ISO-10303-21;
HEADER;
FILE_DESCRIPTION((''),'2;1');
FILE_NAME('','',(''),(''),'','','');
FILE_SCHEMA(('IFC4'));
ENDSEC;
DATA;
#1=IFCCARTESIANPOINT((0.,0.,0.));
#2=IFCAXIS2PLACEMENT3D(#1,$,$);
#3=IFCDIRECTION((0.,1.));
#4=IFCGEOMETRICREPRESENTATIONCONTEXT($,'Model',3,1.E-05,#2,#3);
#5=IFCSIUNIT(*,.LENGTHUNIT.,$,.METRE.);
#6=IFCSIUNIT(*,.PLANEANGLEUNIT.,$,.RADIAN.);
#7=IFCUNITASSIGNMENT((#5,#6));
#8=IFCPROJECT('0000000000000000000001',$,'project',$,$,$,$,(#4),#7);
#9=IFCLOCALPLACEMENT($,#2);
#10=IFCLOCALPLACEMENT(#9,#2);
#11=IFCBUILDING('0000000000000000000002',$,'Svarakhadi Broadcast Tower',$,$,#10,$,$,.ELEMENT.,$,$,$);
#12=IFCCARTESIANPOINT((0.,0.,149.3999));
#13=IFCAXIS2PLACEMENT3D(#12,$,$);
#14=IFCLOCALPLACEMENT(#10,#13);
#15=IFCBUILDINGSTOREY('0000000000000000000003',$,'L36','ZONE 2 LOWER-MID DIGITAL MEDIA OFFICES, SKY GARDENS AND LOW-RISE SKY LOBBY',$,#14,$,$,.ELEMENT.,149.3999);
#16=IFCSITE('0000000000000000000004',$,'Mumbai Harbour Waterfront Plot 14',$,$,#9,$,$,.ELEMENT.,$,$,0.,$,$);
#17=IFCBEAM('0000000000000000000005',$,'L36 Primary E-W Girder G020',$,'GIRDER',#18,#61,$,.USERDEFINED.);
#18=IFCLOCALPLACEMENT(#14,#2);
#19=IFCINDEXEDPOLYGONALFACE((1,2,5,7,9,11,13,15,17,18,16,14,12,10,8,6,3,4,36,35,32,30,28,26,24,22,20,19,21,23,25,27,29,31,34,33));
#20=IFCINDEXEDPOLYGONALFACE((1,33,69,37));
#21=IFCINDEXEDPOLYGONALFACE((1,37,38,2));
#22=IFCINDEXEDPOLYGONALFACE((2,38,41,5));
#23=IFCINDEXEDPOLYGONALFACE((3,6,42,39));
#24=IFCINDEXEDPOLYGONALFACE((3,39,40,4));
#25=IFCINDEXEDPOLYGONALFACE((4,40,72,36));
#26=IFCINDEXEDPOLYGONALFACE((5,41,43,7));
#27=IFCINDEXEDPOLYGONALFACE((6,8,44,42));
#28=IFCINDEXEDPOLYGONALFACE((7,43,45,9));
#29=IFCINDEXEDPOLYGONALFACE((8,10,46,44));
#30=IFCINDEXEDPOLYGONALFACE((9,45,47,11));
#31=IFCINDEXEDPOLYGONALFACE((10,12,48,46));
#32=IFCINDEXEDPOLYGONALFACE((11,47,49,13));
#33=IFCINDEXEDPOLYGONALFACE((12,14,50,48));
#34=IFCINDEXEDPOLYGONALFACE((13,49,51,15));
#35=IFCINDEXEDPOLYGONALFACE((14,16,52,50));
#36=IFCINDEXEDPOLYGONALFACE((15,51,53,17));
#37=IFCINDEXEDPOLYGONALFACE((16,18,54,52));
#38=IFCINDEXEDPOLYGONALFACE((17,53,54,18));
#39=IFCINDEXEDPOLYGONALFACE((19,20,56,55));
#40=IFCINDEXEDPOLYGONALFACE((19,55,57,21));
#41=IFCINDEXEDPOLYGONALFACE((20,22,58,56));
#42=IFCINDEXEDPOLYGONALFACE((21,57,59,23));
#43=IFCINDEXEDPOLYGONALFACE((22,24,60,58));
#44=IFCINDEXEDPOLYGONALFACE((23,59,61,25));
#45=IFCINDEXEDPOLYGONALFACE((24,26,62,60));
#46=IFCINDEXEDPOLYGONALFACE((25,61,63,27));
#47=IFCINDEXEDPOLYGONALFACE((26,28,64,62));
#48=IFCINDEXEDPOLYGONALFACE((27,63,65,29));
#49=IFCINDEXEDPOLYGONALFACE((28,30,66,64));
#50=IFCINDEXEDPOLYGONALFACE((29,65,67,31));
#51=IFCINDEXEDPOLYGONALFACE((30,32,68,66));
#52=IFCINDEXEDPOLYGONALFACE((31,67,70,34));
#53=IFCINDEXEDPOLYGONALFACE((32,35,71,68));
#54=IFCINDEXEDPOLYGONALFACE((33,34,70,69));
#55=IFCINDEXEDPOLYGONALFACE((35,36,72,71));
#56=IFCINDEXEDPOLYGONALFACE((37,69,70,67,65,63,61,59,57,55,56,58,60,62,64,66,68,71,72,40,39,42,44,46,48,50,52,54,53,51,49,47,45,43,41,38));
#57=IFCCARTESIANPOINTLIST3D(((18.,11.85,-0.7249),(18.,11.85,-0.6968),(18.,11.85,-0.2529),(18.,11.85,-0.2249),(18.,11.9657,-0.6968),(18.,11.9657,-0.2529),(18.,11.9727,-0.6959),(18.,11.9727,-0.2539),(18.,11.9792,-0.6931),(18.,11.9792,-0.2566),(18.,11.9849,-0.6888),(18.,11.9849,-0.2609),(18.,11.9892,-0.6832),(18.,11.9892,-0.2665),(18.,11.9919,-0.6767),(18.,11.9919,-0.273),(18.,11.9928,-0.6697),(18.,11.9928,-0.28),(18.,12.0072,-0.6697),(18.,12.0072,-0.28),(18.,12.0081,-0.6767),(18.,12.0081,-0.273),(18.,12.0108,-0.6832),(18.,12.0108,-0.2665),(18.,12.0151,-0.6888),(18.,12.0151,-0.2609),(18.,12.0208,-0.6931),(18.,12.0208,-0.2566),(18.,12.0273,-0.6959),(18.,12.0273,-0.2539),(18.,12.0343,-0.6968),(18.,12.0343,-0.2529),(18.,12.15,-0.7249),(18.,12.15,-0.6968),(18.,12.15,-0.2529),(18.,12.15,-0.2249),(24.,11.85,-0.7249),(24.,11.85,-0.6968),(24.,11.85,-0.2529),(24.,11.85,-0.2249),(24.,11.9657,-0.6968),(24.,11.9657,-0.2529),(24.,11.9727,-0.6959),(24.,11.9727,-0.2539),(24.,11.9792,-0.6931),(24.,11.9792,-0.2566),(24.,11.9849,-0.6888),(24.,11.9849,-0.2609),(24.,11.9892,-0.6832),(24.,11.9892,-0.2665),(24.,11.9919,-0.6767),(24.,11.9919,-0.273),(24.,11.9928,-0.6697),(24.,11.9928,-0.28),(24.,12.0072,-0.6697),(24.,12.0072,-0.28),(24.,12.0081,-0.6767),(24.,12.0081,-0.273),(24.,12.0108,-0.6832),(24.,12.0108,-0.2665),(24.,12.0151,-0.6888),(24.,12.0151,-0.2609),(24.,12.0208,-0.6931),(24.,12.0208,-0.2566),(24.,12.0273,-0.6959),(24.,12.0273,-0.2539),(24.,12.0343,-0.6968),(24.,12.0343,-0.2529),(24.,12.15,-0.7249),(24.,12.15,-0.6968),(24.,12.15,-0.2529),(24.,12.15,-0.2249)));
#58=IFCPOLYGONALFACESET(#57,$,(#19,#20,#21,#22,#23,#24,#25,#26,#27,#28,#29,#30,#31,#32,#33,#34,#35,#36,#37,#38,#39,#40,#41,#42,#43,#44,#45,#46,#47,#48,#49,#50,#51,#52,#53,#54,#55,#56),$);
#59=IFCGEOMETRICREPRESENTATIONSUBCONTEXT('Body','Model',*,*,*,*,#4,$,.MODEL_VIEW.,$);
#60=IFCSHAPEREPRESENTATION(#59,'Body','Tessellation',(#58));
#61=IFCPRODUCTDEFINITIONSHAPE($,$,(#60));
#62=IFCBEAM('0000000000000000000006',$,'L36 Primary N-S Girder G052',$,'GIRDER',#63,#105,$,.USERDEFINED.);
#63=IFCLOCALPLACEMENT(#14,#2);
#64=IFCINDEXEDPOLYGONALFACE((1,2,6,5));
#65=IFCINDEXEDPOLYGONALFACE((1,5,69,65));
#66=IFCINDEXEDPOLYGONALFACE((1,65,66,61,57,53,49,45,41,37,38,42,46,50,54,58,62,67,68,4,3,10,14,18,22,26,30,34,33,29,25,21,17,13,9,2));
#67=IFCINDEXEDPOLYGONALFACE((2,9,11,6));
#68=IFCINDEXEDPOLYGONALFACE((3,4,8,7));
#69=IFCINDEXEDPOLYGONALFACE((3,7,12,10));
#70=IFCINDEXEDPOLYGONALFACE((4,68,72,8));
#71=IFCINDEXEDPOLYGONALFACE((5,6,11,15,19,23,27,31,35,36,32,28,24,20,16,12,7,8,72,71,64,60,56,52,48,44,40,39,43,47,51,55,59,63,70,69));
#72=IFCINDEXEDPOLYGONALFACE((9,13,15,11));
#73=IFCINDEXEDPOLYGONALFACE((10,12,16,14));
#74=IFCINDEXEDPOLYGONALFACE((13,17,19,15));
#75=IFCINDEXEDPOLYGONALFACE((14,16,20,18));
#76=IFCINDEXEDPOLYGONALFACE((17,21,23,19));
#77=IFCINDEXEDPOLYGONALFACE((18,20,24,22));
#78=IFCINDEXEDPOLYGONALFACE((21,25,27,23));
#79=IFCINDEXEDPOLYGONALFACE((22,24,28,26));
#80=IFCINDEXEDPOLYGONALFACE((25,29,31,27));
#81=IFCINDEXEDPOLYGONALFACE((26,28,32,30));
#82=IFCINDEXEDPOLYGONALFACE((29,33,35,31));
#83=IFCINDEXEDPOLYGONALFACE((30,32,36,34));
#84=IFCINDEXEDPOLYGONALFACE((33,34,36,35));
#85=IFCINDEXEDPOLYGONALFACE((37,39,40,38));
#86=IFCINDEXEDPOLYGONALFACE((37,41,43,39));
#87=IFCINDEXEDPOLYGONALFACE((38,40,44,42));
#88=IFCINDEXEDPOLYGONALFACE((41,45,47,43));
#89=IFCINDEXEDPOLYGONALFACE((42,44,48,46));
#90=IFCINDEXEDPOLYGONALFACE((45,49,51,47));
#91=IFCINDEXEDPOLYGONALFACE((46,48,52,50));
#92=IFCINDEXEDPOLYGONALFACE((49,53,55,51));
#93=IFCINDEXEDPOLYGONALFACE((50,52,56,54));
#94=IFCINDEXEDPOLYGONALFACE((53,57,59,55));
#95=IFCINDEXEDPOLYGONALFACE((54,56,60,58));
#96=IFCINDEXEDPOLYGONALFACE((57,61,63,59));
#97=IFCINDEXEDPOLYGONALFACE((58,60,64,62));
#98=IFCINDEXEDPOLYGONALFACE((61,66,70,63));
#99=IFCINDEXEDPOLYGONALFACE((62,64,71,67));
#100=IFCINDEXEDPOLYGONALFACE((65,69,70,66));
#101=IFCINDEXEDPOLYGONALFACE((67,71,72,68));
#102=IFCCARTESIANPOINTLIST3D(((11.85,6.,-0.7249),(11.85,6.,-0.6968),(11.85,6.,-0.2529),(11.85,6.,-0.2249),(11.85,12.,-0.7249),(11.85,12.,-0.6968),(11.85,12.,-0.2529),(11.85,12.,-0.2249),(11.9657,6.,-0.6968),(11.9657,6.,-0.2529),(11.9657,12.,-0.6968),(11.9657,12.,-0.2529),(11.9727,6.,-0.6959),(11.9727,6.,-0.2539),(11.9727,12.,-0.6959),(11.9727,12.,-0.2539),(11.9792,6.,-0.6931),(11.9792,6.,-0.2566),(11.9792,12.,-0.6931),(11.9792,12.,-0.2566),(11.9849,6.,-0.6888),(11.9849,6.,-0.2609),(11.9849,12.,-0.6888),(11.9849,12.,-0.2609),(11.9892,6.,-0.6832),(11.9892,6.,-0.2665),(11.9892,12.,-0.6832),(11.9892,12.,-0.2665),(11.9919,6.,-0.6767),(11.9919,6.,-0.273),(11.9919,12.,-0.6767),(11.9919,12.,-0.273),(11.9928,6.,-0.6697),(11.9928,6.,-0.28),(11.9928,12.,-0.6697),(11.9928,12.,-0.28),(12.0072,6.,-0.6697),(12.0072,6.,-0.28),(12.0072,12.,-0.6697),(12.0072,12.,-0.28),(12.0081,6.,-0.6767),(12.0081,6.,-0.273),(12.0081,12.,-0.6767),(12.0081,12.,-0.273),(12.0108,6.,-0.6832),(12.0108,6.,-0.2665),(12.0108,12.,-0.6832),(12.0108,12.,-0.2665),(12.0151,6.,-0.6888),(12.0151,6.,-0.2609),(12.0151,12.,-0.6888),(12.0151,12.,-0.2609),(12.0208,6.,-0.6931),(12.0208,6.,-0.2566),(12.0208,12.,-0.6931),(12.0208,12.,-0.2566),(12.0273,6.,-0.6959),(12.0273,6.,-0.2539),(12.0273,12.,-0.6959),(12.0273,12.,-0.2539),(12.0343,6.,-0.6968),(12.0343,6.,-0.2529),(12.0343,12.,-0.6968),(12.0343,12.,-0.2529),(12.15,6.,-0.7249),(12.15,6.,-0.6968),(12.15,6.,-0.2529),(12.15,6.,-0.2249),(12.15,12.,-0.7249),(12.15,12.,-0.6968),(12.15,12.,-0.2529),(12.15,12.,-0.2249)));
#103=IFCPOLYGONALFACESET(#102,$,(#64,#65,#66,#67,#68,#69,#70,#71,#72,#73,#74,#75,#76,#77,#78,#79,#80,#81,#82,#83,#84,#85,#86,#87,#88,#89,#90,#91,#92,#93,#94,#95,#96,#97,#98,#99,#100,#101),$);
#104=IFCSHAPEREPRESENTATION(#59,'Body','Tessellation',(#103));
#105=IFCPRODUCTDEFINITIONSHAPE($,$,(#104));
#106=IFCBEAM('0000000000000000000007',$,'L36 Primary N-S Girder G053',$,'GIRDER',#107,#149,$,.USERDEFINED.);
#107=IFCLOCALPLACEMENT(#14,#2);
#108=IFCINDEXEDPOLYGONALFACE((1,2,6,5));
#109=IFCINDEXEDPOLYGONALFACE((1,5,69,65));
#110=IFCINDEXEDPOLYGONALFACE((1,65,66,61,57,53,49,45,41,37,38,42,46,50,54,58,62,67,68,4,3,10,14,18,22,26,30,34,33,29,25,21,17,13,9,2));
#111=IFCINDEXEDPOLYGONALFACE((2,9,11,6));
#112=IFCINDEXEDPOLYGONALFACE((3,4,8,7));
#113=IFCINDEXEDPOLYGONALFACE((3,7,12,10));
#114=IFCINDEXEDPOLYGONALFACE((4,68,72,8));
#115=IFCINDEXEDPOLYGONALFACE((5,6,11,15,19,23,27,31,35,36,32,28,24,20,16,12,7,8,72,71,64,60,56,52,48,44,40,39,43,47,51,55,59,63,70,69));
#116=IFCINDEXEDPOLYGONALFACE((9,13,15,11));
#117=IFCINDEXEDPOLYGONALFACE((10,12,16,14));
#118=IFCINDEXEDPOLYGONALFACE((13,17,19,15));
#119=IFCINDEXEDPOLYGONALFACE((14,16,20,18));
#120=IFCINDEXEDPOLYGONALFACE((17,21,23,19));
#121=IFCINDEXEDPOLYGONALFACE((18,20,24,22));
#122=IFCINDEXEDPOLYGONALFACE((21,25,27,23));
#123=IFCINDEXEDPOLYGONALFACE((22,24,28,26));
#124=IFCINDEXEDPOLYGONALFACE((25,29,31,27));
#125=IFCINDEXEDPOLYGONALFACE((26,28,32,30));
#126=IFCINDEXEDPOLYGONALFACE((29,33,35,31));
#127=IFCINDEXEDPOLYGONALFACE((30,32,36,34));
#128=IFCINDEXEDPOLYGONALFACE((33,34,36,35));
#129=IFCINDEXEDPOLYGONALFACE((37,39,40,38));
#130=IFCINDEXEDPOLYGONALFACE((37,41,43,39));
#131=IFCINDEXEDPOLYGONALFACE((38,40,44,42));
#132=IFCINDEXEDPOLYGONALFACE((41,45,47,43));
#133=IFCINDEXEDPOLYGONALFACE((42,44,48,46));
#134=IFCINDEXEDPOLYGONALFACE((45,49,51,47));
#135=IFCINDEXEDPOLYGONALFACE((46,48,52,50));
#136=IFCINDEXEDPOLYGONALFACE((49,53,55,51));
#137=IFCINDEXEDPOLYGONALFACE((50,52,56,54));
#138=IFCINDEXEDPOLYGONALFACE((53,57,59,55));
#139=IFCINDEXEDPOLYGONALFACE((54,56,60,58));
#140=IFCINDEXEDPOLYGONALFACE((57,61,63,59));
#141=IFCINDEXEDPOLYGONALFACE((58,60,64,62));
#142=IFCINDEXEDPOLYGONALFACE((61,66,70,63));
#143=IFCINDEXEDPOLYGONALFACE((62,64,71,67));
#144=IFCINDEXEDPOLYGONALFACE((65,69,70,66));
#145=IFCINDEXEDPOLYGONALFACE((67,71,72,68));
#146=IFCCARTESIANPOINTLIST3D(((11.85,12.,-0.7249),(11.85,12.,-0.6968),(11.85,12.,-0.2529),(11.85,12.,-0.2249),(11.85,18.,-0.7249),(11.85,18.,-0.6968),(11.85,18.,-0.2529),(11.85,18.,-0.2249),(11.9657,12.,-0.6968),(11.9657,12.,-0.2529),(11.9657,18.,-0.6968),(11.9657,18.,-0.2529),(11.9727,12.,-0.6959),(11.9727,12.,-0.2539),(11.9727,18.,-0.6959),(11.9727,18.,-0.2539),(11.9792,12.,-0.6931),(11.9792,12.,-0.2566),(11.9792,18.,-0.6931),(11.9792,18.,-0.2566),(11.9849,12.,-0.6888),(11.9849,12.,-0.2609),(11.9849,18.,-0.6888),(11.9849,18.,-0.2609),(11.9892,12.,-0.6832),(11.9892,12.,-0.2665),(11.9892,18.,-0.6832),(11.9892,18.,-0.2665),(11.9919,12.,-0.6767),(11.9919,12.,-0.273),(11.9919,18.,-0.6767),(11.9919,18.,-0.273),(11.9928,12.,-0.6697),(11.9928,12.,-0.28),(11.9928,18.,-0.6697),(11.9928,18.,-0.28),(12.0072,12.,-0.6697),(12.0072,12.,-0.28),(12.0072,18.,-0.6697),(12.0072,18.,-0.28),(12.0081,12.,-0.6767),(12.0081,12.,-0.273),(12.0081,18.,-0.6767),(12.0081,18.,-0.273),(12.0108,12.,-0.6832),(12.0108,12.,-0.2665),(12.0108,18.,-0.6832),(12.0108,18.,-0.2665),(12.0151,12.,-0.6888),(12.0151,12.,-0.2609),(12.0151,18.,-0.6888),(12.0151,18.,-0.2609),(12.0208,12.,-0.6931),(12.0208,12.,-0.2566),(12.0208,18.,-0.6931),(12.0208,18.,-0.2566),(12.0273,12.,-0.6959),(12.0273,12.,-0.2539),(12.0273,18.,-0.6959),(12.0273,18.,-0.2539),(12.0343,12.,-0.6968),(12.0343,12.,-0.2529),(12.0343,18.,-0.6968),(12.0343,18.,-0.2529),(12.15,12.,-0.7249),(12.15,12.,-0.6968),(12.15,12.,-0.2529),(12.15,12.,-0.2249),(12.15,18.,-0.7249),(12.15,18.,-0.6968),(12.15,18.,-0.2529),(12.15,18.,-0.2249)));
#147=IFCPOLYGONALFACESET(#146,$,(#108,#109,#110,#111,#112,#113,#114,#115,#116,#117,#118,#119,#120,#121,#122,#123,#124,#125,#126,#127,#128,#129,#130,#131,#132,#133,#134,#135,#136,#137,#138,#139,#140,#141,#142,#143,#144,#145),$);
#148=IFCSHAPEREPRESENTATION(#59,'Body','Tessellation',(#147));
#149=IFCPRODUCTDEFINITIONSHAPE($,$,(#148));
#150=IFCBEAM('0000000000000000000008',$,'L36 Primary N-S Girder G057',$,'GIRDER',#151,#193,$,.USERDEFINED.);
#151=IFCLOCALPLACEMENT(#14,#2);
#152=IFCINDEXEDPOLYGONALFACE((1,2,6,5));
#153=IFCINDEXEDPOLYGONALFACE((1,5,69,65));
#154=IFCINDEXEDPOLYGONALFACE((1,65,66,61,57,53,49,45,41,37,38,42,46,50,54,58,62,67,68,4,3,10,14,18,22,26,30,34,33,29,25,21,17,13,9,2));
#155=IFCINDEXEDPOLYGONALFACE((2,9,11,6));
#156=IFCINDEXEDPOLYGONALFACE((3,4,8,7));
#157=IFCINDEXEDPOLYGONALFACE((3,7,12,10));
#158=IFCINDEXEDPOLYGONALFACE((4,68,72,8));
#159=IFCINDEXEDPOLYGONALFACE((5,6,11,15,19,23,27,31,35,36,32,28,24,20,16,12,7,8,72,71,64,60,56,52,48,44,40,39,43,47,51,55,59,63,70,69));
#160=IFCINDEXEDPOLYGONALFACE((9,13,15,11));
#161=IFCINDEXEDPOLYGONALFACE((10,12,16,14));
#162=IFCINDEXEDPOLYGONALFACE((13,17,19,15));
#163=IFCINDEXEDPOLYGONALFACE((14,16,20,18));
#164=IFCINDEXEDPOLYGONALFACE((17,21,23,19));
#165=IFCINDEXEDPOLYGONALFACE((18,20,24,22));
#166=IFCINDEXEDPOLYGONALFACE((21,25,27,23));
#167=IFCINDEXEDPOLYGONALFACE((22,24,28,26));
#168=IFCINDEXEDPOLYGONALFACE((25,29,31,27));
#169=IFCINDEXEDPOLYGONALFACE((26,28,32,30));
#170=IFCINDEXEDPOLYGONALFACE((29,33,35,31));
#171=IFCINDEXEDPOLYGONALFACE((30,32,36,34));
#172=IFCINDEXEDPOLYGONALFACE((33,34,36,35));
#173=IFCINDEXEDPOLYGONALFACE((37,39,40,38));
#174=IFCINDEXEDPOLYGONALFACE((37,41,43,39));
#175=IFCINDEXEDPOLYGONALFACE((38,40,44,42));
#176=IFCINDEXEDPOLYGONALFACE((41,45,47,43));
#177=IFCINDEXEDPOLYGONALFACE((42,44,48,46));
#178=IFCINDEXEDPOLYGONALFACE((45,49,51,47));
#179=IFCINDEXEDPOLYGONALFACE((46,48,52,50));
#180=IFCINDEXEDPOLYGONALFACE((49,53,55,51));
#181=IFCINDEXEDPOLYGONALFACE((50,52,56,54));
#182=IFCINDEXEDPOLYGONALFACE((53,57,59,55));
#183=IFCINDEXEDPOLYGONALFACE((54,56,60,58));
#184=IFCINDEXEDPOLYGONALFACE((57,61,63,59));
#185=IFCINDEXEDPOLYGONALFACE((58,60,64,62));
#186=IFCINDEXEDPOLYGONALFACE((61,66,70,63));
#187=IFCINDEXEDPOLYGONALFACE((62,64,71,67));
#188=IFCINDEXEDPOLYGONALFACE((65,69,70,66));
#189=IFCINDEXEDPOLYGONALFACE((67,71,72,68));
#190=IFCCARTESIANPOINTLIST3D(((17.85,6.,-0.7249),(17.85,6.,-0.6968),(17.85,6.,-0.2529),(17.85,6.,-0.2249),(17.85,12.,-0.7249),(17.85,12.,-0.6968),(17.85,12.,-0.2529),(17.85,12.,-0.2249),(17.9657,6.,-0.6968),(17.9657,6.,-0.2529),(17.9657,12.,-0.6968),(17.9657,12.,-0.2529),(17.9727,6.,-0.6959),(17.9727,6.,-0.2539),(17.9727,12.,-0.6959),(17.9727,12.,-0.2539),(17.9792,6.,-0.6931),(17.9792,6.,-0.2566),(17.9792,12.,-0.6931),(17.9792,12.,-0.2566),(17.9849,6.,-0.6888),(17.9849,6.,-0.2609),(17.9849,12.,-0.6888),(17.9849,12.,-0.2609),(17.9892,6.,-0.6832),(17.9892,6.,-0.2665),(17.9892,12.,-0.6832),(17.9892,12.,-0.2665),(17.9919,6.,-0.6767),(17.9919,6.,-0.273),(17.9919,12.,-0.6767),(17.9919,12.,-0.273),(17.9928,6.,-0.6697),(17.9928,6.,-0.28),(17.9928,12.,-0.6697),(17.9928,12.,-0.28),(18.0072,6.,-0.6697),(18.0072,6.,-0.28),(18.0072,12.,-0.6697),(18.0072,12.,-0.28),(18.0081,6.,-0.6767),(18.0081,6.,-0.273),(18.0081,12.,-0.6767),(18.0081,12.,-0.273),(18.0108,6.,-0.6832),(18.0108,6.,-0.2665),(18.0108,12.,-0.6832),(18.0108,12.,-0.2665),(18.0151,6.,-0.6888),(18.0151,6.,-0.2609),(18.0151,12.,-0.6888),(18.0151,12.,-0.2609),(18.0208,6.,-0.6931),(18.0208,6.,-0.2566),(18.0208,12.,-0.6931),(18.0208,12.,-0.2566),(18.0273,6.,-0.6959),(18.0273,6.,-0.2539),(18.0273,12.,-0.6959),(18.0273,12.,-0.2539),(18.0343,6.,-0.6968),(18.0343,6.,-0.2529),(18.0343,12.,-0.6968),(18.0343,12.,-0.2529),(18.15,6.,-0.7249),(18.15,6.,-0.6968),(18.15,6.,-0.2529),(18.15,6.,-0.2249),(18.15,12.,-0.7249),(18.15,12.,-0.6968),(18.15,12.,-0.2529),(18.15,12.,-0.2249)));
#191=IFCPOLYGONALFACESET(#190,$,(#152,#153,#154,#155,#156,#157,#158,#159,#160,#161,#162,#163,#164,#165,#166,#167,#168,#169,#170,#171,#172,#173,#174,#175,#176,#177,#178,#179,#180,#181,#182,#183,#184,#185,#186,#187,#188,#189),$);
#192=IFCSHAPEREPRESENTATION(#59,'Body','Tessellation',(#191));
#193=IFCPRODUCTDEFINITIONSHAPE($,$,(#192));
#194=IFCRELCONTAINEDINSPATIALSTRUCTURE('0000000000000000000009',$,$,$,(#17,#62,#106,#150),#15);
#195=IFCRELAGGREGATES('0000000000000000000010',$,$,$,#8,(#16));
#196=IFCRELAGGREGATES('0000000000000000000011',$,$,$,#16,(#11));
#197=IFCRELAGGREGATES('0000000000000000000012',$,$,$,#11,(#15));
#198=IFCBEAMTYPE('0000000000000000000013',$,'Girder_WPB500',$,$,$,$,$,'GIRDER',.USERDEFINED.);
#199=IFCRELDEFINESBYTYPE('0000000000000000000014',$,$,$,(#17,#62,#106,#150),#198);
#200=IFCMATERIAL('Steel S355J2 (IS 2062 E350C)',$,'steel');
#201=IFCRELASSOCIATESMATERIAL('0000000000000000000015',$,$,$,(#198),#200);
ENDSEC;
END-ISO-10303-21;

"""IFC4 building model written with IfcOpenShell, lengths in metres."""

from ifc_helpers import new_model, si_unit, direction, frame, origin, origin_2d, place, context, subcontext, project, spatial, i_section, extrude, material, material_profile, profile_set, type_object, element, save


model = new_model("IFC4")

# Units and contexts
model_context = context("Model", 3, precision=1e-05, world=origin(), true_north=direction((0.0, 1.0)))
body_context = subcontext(model_context, "Body", "Model", "MODEL_VIEW")
ifc_project = project(units=[si_unit("LENGTHUNIT", "METRE"), si_unit("PLANEANGLEUNIT", "RADIAN")], contexts=[model_context])

# Site, building, storey
site_placement = place(None, origin())
site = spatial("IfcSite", under=ifc_project, at=site_placement, Name="Mumbai Harbour Waterfront Plot 14", CompositionType="ELEMENT", RefElevation=0.0)
building_placement = place(site_placement, origin())
building = spatial("IfcBuilding", under=site, at=building_placement, Name="Svarakhadi Broadcast Tower", CompositionType="ELEMENT")
storey_placement = place(building_placement, frame((0.0, 0.0, 149.3999)))
storey = spatial("IfcBuildingStorey", under=building, at=storey_placement, Name="L36", Description="ZONE 2 LOWER-MID DIGITAL MEDIA OFFICES, SKY GARDENS AND LOW-RISE SKY LOBBY", CompositionType="ELEMENT", Elevation=149.3999)

# Beams
ifc_material_1 = material(Name="Steel S355J2 (IS 2062 E350C)", Category="steel")
ifc_material_profile_1 = material_profile(ifc_material_1, i_section(OverallWidth=0.3, OverallDepth=0.5, WebThickness=0.0144, FlangeThickness=0.0281, FilletRadius=0.0271, at=origin_2d()), Name="WPB 500x300x187")
ifc_profile_set_1 = profile_set([ifc_material_profile_1], Name="Steel S355J2 (IS 2062 E350C)")
beam_type_1 = type_object("IfcBeamType", Name="Girder_WPB500", ElementType="GIRDER", PredefinedType="USERDEFINED", material=ifc_profile_set_1)
for number, where, z_axis, x_axis, name in (
    (1, (18.0, 12.0, -0.4749), (1.0, 0.0, 0.0), (0.0, 1.0, 0.0), "L36 Primary E-W Girder G020"),
    (2, (12.0, 6.0, -0.4749), (0.0, 1.0, 0.0), (-1.0, 0.0, 0.0), "L36 Primary N-S Girder G052"),
    (3, (12.0, 12.0, -0.4749), (0.0, 1.0, 0.0), (-1.0, 0.0, 0.0), "L36 Primary N-S Girder G053"),
    (4, (18.0, 6.0, -0.4749), (0.0, 1.0, 0.0), (-1.0, 0.0, 0.0), "L36 Primary N-S Girder G057"),
):
    element("IfcBeam", number, at=place(storey_placement, frame(where, z_axis=z_axis, x_axis=x_axis)), inside=storey, type_object=beam_type_1, Name=name, ObjectType="GIRDER", PredefinedType="USERDEFINED", context=body_context, shape_type="SweptSolid", body=[
        extrude(i_section(OverallWidth=0.3, OverallDepth=0.5, WebThickness=0.0144, FlangeThickness=0.0281, FilletRadius=0.0271, at=origin_2d()), origin(), (0.0, 0.0, 1.0), 6.0),
    ])

save(model, "model.ifc")
